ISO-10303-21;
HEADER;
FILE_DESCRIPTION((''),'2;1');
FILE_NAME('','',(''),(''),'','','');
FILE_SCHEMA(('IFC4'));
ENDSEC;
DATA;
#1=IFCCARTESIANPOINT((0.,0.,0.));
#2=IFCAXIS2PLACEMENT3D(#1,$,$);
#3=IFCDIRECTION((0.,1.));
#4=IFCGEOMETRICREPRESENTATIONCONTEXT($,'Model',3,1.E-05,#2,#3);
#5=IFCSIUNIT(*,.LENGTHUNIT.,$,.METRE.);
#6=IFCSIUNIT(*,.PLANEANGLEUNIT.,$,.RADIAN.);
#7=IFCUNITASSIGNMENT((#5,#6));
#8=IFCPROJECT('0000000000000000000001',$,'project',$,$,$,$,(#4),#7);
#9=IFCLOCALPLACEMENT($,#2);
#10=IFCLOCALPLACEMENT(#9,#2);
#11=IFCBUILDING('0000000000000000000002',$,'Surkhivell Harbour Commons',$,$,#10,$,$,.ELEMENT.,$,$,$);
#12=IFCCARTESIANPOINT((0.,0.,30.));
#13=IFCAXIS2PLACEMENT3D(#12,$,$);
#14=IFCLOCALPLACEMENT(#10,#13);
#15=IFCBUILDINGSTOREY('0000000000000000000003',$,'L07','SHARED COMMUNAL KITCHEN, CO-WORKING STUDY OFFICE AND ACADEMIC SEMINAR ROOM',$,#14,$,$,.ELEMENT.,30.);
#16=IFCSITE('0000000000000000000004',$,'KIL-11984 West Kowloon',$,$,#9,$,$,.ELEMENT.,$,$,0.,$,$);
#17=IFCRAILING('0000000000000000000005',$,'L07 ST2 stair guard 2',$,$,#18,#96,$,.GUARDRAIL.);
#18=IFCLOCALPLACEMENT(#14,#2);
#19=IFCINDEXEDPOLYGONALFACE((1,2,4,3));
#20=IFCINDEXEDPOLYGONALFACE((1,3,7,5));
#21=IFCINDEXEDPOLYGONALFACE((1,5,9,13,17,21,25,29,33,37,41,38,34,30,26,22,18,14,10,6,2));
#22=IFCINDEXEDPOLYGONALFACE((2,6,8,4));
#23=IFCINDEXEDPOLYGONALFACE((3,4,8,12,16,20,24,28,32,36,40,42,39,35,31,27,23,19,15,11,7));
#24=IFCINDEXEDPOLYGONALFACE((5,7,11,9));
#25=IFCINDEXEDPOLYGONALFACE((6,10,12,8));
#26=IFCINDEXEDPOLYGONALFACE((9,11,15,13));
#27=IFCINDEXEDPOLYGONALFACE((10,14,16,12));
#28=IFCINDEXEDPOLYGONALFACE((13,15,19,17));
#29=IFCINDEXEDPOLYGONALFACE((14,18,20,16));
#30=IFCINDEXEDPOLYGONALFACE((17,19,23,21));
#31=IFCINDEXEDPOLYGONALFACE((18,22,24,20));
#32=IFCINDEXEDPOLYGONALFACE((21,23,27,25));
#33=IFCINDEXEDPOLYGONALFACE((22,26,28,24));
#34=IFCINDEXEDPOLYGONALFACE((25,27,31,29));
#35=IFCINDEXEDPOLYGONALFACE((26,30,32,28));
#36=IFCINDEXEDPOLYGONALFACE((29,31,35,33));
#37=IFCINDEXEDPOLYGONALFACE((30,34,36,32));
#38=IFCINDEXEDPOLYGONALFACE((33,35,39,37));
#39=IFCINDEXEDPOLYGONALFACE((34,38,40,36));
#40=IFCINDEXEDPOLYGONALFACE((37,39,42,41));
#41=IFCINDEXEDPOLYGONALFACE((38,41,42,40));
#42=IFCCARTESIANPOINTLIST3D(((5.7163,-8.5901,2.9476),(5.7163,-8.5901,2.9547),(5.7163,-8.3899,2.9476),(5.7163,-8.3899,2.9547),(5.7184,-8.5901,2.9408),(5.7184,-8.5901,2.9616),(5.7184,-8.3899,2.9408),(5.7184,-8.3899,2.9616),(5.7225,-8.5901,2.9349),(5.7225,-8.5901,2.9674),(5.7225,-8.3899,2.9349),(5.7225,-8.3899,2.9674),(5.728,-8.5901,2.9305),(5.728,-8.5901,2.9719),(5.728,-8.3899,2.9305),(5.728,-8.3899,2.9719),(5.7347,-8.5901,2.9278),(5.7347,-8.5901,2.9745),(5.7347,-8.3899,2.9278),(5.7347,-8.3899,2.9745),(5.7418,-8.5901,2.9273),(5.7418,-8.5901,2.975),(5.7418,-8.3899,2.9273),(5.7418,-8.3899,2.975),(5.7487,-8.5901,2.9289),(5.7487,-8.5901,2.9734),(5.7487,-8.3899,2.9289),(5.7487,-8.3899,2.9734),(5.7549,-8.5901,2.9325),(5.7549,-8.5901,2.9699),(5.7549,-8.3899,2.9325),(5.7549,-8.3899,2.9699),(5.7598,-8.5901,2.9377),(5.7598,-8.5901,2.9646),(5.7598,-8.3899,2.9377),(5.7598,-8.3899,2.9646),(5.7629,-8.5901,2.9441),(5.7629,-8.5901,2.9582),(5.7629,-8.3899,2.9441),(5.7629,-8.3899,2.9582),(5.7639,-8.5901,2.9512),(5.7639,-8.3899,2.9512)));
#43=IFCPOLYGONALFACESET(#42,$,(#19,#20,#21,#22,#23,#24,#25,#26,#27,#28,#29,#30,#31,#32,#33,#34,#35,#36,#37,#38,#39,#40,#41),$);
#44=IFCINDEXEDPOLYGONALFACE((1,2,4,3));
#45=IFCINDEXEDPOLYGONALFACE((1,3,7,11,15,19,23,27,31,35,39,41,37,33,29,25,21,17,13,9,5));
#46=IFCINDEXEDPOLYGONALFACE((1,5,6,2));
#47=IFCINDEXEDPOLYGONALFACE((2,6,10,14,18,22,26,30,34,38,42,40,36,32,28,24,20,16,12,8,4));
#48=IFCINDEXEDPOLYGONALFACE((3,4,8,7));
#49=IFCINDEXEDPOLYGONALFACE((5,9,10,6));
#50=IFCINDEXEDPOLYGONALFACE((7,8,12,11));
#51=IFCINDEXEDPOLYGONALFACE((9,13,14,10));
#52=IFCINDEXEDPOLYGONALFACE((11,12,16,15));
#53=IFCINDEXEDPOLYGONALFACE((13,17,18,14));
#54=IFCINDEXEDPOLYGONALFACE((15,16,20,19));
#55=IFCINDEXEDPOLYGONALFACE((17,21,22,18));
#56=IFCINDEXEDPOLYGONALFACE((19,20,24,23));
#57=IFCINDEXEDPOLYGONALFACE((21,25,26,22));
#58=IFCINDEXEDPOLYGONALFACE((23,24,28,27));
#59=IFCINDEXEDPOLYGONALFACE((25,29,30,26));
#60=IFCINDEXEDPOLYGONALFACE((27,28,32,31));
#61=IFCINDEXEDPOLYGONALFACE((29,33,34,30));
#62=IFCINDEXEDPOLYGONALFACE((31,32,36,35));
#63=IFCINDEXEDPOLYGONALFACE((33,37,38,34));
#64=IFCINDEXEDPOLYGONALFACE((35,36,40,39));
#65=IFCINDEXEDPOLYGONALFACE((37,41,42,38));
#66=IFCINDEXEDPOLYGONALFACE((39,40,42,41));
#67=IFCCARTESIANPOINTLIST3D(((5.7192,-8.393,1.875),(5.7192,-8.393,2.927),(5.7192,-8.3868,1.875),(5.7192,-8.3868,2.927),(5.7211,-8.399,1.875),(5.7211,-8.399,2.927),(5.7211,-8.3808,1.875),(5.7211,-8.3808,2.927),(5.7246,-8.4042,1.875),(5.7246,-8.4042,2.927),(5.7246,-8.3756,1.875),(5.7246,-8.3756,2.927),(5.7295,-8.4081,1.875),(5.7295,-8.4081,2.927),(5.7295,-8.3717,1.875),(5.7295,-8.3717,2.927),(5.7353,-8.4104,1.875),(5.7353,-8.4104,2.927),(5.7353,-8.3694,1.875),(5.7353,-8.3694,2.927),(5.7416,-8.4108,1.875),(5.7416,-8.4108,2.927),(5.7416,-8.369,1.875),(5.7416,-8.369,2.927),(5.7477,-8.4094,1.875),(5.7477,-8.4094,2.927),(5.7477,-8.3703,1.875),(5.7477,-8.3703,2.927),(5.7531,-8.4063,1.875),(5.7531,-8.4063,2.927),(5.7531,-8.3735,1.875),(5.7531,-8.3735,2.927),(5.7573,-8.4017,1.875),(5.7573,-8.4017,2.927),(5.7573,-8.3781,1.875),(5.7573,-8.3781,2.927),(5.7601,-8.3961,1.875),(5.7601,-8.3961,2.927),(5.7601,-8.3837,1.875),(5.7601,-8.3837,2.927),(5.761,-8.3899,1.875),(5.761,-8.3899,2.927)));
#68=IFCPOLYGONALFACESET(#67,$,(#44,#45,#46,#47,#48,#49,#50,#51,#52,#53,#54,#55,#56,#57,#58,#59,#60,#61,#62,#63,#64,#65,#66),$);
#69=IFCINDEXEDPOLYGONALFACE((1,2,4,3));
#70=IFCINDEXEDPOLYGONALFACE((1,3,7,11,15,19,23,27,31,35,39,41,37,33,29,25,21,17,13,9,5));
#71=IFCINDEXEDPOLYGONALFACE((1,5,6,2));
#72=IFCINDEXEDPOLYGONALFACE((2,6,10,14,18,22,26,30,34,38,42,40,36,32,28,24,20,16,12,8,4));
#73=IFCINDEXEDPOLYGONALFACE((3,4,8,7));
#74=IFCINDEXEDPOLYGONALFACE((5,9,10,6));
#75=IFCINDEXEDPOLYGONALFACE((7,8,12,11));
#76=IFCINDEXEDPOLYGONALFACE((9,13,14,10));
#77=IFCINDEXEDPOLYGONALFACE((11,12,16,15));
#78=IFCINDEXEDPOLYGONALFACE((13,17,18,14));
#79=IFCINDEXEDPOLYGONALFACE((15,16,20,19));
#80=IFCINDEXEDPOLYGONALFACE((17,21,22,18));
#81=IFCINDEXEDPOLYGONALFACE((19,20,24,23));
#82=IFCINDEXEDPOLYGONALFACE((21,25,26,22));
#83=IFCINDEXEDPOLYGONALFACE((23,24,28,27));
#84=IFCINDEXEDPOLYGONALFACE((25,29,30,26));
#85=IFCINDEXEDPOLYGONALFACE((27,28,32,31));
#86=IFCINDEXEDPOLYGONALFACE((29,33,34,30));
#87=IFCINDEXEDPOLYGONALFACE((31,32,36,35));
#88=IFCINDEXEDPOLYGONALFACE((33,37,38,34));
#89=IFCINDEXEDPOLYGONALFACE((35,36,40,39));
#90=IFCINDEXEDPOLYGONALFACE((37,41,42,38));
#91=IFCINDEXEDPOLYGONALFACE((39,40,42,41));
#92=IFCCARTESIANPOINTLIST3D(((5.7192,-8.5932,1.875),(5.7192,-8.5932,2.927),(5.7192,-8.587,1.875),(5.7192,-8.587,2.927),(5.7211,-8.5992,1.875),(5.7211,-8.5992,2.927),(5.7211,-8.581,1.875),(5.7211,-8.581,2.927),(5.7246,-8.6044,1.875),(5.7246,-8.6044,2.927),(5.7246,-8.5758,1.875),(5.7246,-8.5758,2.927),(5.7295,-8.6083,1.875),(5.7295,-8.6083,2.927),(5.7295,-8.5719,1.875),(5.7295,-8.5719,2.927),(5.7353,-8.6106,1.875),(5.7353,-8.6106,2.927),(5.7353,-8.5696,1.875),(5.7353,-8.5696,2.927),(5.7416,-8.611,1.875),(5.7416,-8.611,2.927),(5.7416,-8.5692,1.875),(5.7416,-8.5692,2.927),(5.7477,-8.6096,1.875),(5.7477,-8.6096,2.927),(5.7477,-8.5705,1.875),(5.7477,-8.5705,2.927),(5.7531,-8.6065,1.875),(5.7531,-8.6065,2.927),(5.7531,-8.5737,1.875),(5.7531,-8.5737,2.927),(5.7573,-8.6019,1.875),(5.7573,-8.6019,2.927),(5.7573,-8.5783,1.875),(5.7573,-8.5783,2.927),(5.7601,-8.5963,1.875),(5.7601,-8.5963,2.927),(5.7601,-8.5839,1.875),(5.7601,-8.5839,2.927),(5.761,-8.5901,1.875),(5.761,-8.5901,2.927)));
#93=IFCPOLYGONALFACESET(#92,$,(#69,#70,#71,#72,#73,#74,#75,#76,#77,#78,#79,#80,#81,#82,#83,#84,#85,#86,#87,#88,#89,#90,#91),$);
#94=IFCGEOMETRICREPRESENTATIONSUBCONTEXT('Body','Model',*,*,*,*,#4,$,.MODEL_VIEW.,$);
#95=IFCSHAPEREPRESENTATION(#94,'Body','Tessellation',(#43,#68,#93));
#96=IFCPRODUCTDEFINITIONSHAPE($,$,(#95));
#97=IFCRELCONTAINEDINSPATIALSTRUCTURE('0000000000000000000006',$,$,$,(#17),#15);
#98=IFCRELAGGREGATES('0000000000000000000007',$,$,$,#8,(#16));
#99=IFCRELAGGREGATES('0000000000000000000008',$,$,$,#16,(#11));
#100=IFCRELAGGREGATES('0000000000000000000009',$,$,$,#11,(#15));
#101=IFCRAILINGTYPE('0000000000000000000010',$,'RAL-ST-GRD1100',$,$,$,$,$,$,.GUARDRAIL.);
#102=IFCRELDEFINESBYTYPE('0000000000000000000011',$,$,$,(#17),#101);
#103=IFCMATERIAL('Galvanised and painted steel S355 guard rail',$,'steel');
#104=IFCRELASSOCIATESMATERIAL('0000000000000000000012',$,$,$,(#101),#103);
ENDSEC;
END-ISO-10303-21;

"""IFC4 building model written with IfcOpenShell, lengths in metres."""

from ifc_helpers import new_model, si_unit, direction, frame, origin, origin_2d, place, context, subcontext, project, spatial, circle, extrude, material, type_object, element, save


model = new_model("IFC4")

# Units and contexts
model_context = context("Model", 3, precision=1e-05, world=origin(), true_north=direction((0.0, 1.0)))
body_context = subcontext(model_context, "Body", "Model", "MODEL_VIEW")
ifc_project = project(units=[si_unit("LENGTHUNIT", "METRE"), si_unit("PLANEANGLEUNIT", "RADIAN")], contexts=[model_context])

# Site, building, storey
site_placement = place(None, origin())
site = spatial("IfcSite", under=ifc_project, at=site_placement, Name="KIL-11984 West Kowloon", CompositionType="ELEMENT", RefElevation=0.0)
building_placement = place(site_placement, origin())
building = spatial("IfcBuilding", under=site, at=building_placement, Name="Surkhivell Harbour Commons", CompositionType="ELEMENT")
storey_placement = place(building_placement, frame((0.0, 0.0, 30.0)))
storey = spatial("IfcBuildingStorey", under=building, at=storey_placement, Name="L07", Description="SHARED COMMUNAL KITCHEN, CO-WORKING STUDY OFFICE AND ACADEMIC SEMINAR ROOM", CompositionType="ELEMENT", Elevation=30.0)

# Railing
ifc_material_1 = material(Name="Galvanised and painted steel S355 guard rail", Category="steel")
railing_type_1 = type_object("IfcRailingType", Name="RAL-ST-GRD1100", PredefinedType="GUARDRAIL", material=ifc_material_1)
railing_1_placement = place(storey_placement, frame((5.74, -8.3899, 1.875)))
element("IfcRailing", 1, at=railing_1_placement, inside=storey, type_object=railing_type_1, Name="L07 ST2 stair guard 2", PredefinedType="GUARDRAIL", context=body_context, shape_type="SweptSolid", body=[
    extrude(circle(Radius=0.0239, at=origin_2d()), frame((0.0, 0.0, 1.0762), z_axis=(0.0, -1.0, 0.0), x_axis=(1.0, 0.0, 0.0)), (0.0, 0.0, 1.0), 0.2002),
    extrude(circle(Radius=0.021, at=origin_2d()), origin(), (0.0, 0.0, 1.0), 1.052),
    extrude(circle(Radius=0.021, at=origin_2d()), frame((0.0, -0.2002, 0.0)), (0.0, 0.0, 1.0), 1.052),
])

save(model, "model.ifc")
